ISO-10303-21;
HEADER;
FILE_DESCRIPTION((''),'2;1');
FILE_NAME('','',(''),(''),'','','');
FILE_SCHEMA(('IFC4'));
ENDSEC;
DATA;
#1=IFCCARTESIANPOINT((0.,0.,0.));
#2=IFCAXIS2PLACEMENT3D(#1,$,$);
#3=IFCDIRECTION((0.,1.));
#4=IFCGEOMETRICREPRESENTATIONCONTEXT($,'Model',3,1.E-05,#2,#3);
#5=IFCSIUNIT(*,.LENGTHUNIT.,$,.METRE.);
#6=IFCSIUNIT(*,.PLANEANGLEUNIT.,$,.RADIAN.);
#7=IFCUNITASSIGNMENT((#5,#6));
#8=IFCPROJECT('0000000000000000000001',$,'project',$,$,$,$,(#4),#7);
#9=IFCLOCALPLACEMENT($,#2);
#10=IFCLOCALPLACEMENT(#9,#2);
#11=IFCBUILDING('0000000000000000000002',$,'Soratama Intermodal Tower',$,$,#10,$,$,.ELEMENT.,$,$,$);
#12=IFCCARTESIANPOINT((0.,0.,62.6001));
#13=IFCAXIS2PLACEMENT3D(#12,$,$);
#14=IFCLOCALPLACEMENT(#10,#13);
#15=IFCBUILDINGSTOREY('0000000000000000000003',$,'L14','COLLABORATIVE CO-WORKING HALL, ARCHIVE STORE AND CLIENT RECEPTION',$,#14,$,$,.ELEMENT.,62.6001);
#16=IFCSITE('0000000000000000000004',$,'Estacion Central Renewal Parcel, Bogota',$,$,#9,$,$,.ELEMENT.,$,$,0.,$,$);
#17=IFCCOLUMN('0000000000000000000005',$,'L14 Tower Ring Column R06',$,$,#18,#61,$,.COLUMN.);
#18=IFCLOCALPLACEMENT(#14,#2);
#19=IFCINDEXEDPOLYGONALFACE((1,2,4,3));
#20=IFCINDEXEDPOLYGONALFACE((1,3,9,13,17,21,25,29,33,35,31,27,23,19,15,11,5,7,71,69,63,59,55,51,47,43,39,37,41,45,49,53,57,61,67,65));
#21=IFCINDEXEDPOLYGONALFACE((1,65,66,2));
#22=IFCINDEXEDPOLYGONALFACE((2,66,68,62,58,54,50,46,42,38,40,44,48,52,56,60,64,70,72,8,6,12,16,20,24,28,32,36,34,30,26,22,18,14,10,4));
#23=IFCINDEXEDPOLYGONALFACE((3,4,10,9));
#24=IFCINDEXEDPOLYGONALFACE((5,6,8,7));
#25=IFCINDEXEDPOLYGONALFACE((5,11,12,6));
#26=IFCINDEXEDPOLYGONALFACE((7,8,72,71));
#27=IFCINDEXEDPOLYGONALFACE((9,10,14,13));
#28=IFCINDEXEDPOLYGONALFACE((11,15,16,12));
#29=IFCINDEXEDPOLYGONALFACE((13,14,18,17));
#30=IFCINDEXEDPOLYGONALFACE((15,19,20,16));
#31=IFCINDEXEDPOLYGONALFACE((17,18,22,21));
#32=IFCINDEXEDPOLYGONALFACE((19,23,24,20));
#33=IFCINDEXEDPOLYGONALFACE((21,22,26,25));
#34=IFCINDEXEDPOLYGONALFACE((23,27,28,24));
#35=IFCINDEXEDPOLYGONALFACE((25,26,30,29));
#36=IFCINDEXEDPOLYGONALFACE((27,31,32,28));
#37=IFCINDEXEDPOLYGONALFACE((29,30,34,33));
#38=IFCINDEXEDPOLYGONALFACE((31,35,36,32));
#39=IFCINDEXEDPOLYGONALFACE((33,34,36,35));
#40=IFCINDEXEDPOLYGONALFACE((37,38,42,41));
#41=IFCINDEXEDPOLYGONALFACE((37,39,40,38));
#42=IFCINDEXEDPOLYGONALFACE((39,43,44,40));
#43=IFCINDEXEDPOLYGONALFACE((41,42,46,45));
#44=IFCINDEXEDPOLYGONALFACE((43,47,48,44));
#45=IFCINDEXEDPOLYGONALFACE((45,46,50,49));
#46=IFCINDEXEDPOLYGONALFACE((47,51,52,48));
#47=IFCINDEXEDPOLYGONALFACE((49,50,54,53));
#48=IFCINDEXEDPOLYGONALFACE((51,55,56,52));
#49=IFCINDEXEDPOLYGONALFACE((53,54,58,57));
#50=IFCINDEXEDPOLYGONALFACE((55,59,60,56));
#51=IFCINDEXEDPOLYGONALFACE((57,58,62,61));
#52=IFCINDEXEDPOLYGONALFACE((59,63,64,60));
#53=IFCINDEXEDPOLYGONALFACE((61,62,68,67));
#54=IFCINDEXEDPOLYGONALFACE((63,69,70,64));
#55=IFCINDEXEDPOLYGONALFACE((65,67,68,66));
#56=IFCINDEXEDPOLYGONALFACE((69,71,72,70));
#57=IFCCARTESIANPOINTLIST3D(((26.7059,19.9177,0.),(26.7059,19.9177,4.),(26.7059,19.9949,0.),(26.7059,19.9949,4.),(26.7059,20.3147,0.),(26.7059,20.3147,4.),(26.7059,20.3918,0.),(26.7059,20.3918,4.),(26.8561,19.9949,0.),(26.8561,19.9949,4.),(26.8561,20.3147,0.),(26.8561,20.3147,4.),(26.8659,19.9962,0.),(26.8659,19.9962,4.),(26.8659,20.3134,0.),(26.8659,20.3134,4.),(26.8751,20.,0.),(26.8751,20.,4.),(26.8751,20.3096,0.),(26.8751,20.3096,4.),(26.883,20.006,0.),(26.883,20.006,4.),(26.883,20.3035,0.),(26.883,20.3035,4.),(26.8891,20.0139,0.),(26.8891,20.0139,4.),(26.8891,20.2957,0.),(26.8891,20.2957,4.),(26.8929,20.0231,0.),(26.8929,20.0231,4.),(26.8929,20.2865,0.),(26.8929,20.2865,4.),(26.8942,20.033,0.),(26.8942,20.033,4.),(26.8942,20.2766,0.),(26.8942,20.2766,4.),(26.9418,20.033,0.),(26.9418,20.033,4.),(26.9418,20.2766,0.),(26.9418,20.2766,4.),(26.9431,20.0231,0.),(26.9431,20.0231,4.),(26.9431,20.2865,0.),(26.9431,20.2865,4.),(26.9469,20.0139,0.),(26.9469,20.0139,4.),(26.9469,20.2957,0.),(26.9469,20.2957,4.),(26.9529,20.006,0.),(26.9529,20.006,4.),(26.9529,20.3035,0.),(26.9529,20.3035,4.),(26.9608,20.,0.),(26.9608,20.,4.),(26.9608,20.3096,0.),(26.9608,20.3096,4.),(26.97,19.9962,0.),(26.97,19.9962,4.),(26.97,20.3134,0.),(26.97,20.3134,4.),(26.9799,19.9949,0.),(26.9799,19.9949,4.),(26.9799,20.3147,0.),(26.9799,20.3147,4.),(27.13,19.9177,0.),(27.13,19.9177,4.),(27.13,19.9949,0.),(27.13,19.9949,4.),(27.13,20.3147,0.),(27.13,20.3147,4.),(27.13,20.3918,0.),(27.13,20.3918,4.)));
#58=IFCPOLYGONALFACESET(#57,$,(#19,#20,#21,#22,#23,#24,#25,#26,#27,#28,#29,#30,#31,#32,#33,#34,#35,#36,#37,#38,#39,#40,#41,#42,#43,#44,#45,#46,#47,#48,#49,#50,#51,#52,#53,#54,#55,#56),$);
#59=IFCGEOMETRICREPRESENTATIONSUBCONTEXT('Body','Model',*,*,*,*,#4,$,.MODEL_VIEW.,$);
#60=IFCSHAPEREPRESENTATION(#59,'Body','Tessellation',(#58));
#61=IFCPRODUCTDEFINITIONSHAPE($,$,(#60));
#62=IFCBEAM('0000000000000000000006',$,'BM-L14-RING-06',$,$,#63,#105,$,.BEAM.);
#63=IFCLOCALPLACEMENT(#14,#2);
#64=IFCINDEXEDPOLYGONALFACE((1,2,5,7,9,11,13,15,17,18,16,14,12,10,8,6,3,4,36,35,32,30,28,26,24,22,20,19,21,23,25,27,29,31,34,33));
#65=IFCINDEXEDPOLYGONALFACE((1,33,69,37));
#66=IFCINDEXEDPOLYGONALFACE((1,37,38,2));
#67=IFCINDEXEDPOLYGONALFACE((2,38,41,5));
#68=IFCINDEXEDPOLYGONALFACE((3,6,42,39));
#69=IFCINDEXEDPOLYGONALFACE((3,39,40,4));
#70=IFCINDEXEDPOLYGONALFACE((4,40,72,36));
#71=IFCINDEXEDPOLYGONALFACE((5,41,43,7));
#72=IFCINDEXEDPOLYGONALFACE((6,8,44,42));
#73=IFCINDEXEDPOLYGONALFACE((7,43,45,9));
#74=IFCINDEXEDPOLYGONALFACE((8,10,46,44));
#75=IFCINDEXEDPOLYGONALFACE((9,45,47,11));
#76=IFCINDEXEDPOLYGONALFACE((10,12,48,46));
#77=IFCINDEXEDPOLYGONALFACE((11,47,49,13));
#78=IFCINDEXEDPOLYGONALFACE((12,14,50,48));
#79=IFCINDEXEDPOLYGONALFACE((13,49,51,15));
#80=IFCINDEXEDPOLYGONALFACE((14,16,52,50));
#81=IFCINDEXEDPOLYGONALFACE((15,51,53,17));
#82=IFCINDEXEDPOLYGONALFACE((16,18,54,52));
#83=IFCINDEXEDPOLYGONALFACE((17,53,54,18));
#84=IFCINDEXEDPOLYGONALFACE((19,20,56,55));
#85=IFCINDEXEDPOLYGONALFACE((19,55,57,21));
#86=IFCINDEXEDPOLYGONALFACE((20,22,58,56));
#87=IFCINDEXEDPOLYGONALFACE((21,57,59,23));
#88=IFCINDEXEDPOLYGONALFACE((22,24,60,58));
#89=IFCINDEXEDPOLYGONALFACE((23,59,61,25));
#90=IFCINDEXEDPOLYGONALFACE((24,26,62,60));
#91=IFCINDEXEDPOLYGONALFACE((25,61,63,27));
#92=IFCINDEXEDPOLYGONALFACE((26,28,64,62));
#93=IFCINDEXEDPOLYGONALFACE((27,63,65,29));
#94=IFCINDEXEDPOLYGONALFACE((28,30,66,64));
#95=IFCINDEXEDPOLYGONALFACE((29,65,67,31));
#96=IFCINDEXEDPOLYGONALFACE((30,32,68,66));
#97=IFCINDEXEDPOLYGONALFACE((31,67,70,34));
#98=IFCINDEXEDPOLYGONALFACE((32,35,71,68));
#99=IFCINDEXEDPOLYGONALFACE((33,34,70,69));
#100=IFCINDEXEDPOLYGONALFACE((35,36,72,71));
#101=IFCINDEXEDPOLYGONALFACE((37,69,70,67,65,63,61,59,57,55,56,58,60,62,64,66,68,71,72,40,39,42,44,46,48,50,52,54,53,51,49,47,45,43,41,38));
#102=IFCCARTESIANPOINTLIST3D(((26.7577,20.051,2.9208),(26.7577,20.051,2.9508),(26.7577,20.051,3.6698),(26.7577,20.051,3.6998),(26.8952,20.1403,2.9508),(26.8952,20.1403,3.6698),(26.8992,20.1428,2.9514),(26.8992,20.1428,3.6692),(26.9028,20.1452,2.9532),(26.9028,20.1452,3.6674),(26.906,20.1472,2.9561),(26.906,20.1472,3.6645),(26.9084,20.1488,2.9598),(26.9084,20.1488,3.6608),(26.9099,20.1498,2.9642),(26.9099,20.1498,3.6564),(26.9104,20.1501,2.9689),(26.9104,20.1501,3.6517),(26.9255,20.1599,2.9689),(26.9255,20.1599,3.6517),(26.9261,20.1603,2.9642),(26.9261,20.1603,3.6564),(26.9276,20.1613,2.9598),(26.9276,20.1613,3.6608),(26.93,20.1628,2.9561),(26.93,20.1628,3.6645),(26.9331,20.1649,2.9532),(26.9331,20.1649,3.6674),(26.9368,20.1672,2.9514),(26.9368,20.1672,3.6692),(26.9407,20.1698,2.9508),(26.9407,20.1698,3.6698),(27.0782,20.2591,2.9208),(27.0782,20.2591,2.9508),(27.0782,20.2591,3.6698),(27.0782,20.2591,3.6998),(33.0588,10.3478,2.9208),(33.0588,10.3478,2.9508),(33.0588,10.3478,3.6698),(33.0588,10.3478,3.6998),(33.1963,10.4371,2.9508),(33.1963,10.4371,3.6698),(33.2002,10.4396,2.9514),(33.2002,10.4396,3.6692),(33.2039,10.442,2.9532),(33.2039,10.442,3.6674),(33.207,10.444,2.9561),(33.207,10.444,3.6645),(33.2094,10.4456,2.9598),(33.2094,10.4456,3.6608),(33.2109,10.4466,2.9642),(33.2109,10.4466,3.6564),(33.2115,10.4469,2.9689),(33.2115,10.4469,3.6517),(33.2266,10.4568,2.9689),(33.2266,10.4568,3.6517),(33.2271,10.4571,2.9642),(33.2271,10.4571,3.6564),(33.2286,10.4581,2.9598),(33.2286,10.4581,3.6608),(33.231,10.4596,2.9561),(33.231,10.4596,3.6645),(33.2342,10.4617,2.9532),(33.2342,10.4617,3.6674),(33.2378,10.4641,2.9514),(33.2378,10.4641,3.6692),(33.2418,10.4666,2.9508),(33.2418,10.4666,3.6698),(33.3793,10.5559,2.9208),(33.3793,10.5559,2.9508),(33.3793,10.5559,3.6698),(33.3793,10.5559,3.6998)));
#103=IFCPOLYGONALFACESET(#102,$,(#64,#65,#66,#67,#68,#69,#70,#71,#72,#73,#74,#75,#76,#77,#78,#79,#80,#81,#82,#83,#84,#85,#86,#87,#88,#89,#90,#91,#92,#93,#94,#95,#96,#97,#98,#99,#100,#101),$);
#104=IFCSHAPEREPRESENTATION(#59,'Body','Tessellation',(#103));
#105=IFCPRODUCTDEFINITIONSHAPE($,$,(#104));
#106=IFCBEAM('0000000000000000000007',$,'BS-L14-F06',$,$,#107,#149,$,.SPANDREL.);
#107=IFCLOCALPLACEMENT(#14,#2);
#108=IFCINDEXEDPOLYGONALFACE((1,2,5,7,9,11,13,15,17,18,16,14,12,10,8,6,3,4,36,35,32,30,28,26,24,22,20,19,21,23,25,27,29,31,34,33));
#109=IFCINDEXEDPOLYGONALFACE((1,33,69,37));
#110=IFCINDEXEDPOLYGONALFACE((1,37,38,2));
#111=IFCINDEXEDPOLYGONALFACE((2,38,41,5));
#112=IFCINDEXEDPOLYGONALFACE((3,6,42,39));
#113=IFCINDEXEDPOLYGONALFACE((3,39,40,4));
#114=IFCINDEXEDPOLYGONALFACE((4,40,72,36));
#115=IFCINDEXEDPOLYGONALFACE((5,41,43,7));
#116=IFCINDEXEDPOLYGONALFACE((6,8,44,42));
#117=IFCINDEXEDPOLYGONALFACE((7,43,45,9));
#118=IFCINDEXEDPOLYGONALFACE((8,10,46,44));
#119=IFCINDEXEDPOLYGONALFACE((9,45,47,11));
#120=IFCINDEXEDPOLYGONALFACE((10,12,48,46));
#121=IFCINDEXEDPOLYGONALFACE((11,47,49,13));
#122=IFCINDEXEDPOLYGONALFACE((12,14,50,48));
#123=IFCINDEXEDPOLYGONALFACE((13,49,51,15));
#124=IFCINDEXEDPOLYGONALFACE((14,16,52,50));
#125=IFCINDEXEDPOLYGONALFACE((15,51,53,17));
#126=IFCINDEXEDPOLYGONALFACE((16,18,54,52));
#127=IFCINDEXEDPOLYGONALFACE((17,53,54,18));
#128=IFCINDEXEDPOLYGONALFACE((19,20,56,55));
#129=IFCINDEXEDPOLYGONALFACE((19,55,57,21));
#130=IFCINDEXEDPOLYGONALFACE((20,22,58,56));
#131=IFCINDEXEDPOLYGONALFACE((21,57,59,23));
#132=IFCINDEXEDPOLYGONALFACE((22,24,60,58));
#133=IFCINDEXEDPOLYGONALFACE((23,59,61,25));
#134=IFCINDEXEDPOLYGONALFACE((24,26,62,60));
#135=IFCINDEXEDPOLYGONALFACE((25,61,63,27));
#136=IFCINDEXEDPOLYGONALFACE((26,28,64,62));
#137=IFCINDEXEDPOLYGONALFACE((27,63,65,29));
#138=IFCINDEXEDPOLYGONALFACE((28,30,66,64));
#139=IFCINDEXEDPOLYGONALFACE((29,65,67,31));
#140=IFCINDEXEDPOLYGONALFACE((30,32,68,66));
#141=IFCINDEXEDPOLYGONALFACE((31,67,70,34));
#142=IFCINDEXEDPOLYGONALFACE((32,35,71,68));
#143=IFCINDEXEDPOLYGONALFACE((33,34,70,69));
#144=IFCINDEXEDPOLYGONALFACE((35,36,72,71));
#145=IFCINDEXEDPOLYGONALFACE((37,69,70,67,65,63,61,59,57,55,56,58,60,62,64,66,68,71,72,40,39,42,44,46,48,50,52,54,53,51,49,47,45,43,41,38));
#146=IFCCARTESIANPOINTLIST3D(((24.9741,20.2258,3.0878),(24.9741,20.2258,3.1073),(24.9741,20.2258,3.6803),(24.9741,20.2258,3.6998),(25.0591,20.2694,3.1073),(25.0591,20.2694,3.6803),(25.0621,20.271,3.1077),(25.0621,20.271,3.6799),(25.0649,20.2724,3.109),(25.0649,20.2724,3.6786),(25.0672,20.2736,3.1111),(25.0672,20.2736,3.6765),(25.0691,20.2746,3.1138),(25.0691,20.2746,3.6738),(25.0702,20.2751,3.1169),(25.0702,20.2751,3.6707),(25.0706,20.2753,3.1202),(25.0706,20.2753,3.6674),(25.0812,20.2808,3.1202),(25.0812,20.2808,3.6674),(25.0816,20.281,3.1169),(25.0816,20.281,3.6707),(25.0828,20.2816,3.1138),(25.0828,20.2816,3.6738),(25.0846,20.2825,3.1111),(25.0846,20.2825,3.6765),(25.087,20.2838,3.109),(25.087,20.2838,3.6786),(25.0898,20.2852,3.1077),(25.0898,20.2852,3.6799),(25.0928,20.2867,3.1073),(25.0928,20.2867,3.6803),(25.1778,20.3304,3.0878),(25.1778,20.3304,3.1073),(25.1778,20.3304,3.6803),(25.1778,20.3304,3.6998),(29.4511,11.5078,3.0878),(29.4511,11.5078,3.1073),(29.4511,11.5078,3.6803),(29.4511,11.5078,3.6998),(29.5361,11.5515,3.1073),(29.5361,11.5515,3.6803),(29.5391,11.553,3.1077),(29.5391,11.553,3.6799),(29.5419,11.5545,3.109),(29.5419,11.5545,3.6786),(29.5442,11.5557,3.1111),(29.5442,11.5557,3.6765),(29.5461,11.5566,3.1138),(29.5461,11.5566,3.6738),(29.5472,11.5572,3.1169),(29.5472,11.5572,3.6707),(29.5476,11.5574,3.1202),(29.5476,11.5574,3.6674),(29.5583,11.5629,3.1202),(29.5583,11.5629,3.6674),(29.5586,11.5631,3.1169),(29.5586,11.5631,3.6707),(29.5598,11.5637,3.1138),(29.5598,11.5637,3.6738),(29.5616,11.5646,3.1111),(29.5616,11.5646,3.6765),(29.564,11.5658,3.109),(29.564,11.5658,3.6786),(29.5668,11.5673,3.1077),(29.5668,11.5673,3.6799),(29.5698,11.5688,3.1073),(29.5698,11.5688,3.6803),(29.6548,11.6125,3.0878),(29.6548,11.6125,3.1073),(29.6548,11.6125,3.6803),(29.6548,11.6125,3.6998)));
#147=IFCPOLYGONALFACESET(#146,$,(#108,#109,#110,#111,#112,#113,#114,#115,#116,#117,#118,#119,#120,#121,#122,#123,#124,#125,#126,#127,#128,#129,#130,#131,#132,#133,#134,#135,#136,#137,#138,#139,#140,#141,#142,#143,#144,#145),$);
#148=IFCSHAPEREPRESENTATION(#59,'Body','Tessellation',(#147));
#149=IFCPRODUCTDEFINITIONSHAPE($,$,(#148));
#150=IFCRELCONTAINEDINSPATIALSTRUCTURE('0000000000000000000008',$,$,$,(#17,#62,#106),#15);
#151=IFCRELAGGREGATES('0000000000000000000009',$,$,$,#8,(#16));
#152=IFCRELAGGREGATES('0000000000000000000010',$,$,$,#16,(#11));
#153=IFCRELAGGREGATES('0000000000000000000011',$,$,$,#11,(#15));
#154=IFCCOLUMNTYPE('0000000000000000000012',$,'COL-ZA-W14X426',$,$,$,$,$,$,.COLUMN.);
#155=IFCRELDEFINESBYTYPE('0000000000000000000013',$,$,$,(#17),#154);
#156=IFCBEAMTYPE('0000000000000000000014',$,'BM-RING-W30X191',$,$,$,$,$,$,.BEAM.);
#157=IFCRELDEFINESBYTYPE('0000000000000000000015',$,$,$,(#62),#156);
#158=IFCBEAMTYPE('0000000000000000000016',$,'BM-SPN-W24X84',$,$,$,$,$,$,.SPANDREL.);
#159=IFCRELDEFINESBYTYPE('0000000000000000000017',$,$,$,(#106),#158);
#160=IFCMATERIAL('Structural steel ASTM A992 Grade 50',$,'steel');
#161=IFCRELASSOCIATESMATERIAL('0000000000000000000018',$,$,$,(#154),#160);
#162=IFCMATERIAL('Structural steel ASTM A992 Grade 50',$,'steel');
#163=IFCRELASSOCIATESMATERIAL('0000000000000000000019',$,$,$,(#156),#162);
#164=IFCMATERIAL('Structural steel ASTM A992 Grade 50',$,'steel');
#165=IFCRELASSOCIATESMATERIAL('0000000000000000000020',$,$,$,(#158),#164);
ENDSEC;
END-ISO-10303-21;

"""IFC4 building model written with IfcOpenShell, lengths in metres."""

from ifc_helpers import new_model, si_unit, direction, frame, origin, origin_2d, place, context, subcontext, project, spatial, i_section, extrude, material, material_profile, profile_set, type_object, element, save


model = new_model("IFC4")

# Units and contexts
model_context = context("Model", 3, precision=1e-05, world=origin(), true_north=direction((0.0, 1.0)))
body_context = subcontext(model_context, "Body", "Model", "MODEL_VIEW")
ifc_project = project(units=[si_unit("LENGTHUNIT", "METRE"), si_unit("PLANEANGLEUNIT", "RADIAN")], contexts=[model_context])

# Site, building, storey
site_placement = place(None, origin())
site = spatial("IfcSite", under=ifc_project, at=site_placement, Name="Estacion Central Renewal Parcel, Bogota", CompositionType="ELEMENT", RefElevation=0.0)
building_placement = place(site_placement, origin())
building = spatial("IfcBuilding", under=site, at=building_placement, Name="Soratama Intermodal Tower", CompositionType="ELEMENT")
storey_placement = place(building_placement, frame((0.0, 0.0, 62.6001)))
storey = spatial("IfcBuildingStorey", under=building, at=storey_placement, Name="L14", Description="COLLABORATIVE CO-WORKING HALL, ARCHIVE STORE AND CLIENT RECEPTION", CompositionType="ELEMENT", Elevation=62.6001)

# Column
ifc_material_1 = material(Name="Structural steel ASTM A992 Grade 50", Category="steel")
ifc_material_profile_1 = material_profile(ifc_material_1, i_section(OverallWidth=0.4241, OverallDepth=0.4741, WebThickness=0.0476, FlangeThickness=0.0771, FilletRadius=0.0381, at=origin_2d()), Name="W14X426")
ifc_profile_set_1 = profile_set([ifc_material_profile_1], Name="Structural steel ASTM A992 Grade 50")
column_type = type_object("IfcColumnType", Name="COL-ZA-W14X426", PredefinedType="COLUMN", material=ifc_profile_set_1)
column_placement = place(storey_placement, frame((26.918, 20.1548, 0.0), z_axis=(0.0, 0.0, 1.0), x_axis=(1.0, 0.0, 0.0)))
element("IfcColumn", 1, at=column_placement, inside=storey, type_object=column_type, Name="L14 Tower Ring Column R06", PredefinedType="COLUMN", context=body_context, shape_type="SweptSolid", body=[
    extrude(i_section(OverallWidth=0.4241, OverallDepth=0.4741, WebThickness=0.0476, FlangeThickness=0.0771, FilletRadius=0.0381, at=origin_2d()), origin(), (0.0, 0.0, 1.0), 4.0),
])

# Beams
ifc_material_2 = material(Name="Structural steel ASTM A992 Grade 50", Category="steel")
ifc_material_profile_2 = material_profile(ifc_material_2, i_section(OverallWidth=0.3821, OverallDepth=0.7791, WebThickness=0.0181, FlangeThickness=0.03, FilletRadius=0.0181, at=origin_2d()), Name="W30X191")
ifc_profile_set_2 = profile_set([ifc_material_profile_2], Name="Structural steel ASTM A992 Grade 50")
beam_type_1 = type_object("IfcBeamType", Name="BM-RING-W30X191", PredefinedType="BEAM", material=ifc_profile_set_2)
beam_1_placement = place(storey_placement, frame((26.918, 20.155, 3.3103), z_axis=(0.544623, -0.838681, 0.0), x_axis=(0.838681, 0.544623, 0.0)))
element("IfcBeam", 2, at=beam_1_placement, inside=storey, type_object=beam_type_1, Name="BM-L14-RING-06", PredefinedType="BEAM", context=body_context, shape_type="SweptSolid", body=[
    extrude(i_section(OverallWidth=0.3821, OverallDepth=0.7791, WebThickness=0.0181, FlangeThickness=0.03, FilletRadius=0.0181, at=origin_2d()), origin(), (0.0, 0.0, 1.0), 11.5696),
])
ifc_material_3 = material(Name="Structural steel ASTM A992 Grade 50", Category="steel")
ifc_material_profile_3 = material_profile(ifc_material_3, i_section(OverallWidth=0.229, OverallDepth=0.6121, WebThickness=0.012, FlangeThickness=0.0195, FilletRadius=0.0129, at=origin_2d()), Name="W24X84")
ifc_profile_set_3 = profile_set([ifc_material_profile_3], Name="Structural steel ASTM A992 Grade 50")
beam_type_2 = type_object("IfcBeamType", Name="BM-SPN-W24X84", PredefinedType="SPANDREL", material=ifc_profile_set_3)
beam_2_placement = place(storey_placement, frame((25.0759, 20.2781, 3.3938), z_axis=(0.456823, -0.889557, 0.0), x_axis=(0.889557, 0.456823, 0.0)))
element("IfcBeam", 3, at=beam_2_placement, inside=storey, type_object=beam_type_2, Name="BS-L14-F06", PredefinedType="SPANDREL", context=body_context, shape_type="SweptSolid", body=[
    extrude(i_section(OverallWidth=0.229, OverallDepth=0.6121, WebThickness=0.012, FlangeThickness=0.0195, FilletRadius=0.0129, at=origin_2d()), origin(), (0.0, 0.0, 1.0), 9.8003),
])

save(model, "model.ifc")
